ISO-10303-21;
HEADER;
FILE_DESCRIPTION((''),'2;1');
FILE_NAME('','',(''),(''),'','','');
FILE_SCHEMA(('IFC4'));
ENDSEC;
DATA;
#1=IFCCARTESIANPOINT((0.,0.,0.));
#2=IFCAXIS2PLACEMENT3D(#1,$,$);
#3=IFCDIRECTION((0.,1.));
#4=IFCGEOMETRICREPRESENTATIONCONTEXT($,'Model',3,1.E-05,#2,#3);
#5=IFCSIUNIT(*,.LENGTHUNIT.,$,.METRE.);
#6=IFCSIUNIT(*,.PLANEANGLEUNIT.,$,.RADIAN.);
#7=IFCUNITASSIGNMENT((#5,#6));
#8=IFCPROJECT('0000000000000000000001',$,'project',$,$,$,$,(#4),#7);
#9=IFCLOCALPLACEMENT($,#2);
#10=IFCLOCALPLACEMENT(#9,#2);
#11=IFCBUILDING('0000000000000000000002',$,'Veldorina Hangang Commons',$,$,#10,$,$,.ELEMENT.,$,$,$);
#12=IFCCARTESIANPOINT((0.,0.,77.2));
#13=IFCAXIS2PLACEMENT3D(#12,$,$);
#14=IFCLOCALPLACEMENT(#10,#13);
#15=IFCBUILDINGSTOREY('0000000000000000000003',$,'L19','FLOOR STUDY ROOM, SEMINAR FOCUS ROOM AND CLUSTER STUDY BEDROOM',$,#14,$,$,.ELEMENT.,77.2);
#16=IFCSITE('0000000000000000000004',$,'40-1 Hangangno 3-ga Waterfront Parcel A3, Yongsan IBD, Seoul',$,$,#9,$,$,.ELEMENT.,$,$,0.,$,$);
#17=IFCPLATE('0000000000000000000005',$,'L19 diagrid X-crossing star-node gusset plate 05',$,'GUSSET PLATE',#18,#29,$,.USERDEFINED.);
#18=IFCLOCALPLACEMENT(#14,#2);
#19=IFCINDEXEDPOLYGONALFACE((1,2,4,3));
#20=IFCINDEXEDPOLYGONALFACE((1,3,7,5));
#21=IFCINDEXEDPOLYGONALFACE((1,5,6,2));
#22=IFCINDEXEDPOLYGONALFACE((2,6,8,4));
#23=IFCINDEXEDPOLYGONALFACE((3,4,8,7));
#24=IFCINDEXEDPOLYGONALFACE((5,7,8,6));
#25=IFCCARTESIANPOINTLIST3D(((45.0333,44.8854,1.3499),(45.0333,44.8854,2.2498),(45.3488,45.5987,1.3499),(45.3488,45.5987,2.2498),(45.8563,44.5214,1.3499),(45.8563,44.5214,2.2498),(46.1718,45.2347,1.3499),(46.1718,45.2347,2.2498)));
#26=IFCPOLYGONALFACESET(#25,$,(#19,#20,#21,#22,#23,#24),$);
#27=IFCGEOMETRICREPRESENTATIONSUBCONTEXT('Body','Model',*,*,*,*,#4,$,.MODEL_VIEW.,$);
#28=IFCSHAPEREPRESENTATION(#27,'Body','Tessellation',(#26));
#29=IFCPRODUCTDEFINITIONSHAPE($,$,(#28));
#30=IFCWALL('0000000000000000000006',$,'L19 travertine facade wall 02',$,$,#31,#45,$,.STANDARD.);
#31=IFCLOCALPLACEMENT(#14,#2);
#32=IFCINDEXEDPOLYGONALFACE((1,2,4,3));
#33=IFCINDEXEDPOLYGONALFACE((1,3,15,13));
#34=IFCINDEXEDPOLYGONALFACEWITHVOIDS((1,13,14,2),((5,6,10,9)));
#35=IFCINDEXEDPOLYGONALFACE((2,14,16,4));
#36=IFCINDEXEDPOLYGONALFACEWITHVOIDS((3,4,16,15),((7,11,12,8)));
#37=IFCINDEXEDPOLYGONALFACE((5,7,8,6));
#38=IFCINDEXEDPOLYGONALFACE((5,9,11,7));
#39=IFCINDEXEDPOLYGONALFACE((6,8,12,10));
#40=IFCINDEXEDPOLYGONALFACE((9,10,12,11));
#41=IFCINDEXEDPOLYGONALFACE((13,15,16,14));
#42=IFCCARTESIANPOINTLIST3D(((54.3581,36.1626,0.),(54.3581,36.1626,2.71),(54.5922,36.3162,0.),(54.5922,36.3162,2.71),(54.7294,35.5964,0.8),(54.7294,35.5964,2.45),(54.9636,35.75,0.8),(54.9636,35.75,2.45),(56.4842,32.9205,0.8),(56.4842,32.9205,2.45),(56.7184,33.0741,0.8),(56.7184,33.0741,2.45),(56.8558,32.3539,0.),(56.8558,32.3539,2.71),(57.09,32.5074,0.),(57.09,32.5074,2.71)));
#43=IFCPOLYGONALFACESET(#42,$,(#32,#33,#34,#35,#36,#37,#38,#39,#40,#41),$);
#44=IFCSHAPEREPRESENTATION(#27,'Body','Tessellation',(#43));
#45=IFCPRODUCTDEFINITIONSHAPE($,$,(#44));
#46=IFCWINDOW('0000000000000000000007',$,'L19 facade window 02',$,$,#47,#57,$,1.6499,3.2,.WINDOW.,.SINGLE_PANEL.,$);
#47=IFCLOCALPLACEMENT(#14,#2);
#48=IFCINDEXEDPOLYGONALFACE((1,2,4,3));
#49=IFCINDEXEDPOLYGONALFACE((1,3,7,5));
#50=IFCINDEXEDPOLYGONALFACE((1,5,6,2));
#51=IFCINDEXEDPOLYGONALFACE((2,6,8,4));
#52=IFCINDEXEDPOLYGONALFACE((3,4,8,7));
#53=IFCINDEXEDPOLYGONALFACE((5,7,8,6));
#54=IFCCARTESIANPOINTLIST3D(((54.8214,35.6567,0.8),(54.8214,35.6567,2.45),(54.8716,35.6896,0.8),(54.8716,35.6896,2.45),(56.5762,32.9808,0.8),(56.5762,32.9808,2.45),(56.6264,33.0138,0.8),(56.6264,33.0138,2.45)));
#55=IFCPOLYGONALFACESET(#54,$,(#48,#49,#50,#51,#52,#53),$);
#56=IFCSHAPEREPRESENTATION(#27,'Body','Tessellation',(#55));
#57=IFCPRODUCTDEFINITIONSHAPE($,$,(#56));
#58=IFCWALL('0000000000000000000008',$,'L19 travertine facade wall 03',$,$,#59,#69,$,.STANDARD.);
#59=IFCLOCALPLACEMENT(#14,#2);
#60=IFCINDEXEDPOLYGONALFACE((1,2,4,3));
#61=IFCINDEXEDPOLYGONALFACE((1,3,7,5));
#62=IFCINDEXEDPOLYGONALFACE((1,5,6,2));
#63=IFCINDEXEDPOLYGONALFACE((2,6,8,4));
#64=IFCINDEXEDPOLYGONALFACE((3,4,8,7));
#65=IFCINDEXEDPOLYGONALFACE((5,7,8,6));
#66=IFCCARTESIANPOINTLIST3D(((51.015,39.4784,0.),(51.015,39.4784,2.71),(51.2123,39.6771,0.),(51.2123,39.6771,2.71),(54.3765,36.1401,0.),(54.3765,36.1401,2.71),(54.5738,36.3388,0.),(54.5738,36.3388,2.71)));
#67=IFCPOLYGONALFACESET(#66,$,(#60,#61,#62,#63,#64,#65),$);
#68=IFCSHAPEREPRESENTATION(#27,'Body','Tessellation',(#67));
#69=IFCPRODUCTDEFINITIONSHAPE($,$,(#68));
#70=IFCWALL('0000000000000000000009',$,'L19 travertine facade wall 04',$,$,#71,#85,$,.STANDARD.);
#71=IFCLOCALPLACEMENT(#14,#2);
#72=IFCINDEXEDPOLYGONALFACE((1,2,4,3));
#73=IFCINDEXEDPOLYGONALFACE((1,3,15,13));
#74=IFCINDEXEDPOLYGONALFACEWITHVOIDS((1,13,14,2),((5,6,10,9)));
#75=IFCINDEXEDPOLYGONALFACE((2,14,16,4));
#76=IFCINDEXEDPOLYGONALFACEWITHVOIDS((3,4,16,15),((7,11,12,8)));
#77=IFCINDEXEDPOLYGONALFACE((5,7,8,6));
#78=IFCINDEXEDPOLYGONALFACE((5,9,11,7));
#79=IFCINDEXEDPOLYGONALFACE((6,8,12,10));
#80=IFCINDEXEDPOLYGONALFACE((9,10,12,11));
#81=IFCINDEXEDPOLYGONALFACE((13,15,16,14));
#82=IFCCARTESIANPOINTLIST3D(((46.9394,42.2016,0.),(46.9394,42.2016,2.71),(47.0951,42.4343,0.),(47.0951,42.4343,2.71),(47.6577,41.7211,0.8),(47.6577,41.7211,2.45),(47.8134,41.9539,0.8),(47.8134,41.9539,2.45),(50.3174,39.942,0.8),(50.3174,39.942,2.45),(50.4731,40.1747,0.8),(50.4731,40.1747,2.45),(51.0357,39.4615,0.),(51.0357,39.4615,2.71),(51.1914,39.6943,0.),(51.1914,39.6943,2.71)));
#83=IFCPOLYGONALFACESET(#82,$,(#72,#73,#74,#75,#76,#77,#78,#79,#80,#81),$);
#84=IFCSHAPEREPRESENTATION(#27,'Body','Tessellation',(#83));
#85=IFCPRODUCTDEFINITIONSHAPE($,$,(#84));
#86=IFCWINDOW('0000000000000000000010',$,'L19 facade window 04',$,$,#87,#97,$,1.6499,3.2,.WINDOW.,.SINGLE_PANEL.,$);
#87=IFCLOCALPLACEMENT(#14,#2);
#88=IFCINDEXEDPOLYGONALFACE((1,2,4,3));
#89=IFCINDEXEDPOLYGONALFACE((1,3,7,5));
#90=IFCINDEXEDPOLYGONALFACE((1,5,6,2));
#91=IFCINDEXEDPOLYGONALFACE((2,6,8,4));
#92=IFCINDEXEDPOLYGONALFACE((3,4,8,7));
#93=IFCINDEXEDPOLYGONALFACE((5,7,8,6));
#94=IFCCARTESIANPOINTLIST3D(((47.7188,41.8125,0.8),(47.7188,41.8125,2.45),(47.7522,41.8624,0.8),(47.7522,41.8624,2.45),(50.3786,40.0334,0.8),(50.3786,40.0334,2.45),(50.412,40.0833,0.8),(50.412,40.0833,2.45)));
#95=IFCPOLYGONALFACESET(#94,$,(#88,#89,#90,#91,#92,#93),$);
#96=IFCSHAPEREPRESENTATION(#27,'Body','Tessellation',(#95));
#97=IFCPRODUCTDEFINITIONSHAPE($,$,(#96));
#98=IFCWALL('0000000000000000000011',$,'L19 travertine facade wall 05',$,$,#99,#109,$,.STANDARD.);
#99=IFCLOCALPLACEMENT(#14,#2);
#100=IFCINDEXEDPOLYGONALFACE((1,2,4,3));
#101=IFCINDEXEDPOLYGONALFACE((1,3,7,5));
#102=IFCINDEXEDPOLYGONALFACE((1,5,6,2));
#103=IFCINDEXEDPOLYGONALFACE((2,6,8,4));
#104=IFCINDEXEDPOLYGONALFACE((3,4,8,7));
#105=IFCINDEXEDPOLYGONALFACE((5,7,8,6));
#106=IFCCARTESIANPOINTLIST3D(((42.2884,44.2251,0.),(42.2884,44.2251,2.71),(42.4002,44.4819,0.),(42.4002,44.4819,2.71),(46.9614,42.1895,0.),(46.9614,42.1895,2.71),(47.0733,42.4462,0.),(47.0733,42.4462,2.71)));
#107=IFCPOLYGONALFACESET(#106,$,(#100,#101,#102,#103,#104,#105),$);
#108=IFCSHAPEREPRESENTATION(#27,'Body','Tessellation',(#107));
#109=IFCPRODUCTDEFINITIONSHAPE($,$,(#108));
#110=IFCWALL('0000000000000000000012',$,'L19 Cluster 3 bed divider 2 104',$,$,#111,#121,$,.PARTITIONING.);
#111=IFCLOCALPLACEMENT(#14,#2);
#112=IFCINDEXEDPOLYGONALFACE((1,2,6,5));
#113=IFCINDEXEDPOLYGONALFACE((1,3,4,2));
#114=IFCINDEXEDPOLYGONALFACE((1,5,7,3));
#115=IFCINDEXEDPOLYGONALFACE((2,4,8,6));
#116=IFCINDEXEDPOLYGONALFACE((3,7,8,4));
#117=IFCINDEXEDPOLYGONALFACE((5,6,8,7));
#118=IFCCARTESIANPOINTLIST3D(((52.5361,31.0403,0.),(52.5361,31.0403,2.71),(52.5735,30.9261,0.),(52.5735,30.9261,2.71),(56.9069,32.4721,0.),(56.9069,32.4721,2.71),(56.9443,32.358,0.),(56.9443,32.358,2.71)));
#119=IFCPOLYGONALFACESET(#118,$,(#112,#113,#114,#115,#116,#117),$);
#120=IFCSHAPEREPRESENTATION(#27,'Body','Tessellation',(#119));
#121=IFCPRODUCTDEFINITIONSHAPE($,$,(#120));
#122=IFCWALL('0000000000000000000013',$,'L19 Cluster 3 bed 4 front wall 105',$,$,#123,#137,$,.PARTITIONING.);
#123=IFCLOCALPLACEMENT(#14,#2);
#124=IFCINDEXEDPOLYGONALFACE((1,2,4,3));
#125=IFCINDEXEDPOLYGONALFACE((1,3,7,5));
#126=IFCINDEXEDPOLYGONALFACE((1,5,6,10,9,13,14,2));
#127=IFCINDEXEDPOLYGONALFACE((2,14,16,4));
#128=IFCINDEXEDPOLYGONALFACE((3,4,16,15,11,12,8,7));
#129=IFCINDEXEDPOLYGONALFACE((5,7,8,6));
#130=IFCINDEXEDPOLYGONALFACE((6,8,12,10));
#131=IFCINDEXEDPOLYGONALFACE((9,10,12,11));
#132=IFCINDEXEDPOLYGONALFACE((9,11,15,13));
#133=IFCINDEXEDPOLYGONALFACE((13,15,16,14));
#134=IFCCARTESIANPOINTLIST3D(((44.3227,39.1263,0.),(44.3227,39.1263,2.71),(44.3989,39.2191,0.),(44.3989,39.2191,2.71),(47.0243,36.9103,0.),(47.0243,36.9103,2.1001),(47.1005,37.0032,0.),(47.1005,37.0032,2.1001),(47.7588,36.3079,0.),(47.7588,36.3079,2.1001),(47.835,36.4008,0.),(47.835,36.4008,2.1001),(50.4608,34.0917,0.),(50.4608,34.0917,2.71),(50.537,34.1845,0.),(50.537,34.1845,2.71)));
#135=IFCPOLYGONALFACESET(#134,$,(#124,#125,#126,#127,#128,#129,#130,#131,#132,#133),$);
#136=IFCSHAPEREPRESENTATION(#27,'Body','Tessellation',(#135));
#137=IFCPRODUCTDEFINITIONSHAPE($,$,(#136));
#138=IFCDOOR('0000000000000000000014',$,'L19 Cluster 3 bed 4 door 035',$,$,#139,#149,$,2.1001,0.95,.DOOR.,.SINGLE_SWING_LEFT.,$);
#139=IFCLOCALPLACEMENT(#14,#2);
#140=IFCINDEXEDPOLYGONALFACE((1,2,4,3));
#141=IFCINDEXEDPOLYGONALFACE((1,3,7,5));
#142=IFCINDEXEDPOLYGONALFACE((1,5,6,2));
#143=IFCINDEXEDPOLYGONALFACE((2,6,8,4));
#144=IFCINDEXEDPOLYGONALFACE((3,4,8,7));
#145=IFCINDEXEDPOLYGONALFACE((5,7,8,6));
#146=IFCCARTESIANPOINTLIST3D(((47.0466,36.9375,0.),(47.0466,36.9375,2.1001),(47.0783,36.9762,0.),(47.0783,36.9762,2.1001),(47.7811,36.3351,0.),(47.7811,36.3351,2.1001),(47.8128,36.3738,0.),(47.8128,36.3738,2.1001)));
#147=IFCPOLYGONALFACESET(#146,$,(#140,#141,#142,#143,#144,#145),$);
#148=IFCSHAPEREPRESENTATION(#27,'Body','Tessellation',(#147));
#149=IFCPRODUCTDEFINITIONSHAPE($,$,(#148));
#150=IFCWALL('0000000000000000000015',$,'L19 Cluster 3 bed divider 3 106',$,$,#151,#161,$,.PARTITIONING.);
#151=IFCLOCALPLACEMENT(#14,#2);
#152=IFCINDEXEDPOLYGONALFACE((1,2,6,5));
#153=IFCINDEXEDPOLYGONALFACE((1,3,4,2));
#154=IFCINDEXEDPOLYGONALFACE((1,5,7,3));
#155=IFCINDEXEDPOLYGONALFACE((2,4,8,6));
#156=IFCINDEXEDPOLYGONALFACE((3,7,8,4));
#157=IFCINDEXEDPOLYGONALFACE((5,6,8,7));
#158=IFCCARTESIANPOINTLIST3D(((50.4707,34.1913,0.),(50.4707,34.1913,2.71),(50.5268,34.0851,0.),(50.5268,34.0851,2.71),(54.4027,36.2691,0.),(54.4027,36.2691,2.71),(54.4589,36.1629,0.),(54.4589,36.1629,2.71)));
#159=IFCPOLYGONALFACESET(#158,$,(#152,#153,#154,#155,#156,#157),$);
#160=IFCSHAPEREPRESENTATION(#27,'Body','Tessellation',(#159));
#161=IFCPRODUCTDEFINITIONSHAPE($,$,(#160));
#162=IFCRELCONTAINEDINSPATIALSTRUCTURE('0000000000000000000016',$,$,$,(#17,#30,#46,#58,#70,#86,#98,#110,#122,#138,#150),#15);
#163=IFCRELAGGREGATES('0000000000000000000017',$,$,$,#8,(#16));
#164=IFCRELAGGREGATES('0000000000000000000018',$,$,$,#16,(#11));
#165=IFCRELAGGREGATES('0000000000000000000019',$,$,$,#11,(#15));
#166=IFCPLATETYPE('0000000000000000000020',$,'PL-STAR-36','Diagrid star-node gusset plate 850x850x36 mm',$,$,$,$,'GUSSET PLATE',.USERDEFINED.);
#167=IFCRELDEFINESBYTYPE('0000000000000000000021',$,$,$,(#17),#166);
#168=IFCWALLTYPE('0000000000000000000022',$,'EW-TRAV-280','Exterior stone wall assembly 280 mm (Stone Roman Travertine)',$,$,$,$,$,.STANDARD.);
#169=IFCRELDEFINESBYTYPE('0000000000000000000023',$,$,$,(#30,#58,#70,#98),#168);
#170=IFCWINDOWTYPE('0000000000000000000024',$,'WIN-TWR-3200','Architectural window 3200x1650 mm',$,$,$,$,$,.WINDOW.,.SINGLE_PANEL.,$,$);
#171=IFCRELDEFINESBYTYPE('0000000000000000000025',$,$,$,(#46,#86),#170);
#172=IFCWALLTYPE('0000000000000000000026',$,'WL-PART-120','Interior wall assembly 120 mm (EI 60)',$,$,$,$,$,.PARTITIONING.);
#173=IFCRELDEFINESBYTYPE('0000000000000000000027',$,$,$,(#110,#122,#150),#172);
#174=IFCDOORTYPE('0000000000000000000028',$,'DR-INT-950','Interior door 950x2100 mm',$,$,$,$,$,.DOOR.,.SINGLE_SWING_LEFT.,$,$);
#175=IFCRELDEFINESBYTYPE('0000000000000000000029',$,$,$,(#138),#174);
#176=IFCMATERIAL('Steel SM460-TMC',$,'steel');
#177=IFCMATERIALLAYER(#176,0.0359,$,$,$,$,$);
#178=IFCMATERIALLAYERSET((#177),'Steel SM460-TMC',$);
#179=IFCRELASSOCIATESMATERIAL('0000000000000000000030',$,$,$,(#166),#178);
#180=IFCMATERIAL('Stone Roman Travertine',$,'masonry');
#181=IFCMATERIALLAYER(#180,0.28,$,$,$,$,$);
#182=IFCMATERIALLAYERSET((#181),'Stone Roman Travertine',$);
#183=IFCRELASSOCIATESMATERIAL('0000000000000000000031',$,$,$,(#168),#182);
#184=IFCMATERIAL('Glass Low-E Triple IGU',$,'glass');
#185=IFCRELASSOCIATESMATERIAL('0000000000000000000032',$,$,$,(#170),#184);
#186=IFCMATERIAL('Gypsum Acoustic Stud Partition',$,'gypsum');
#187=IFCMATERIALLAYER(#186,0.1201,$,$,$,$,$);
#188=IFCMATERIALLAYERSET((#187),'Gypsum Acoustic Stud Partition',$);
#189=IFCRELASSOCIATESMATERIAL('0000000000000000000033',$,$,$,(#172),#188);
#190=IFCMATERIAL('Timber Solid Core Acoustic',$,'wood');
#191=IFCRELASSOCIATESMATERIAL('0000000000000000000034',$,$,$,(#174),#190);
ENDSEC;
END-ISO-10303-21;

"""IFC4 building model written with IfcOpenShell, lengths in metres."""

from ifc_helpers import new_model, si_unit, direction, frame, frame_2d, origin, origin_2d, place, context, subcontext, project, spatial, rectangle, extrude, material, layer, layer_set, type_object, element, fill, save


model = new_model("IFC4")

# Units and contexts
model_context = context("Model", 3, precision=1e-05, world=origin(), true_north=direction((0.0, 1.0)))
body_context = subcontext(model_context, "Body", "Model", "MODEL_VIEW")
ifc_project = project(units=[si_unit("LENGTHUNIT", "METRE"), si_unit("PLANEANGLEUNIT", "RADIAN")], contexts=[model_context])

# Site, building, storey
site_placement = place(None, origin())
site = spatial("IfcSite", under=ifc_project, at=site_placement, Name="40-1 Hangangno 3-ga Waterfront Parcel A3, Yongsan IBD, Seoul", CompositionType="ELEMENT", RefElevation=0.0)
building_placement = place(site_placement, origin())
building = spatial("IfcBuilding", under=site, at=building_placement, Name="Veldorina Hangang Commons", CompositionType="ELEMENT")
storey_placement = place(building_placement, frame((0.0, 0.0, 77.2)))
storey = spatial("IfcBuildingStorey", under=building, at=storey_placement, Name="L19", Description="FLOOR STUDY ROOM, SEMINAR FOCUS ROOM AND CLUSTER STUDY BEDROOM", CompositionType="ELEMENT", Elevation=77.2)

# Shared definitions
ifc_material_1 = material(Name="Steel SM460-TMC", Category="steel")

# Plate
ifc_layer_1 = layer(ifc_material_1, 0.0359)
ifc_layer_set_1 = layer_set([ifc_layer_1], Name="Steel SM460-TMC")
plate_type = type_object("IfcPlateType", Name="PL-STAR-36", Description="Diagrid star-node gusset plate 850x850x36 mm", ElementType="GUSSET PLATE", PredefinedType="USERDEFINED", material=ifc_layer_set_1)
plate_1_placement = place(storey_placement, frame((45.6025, 45.0601, 1.3499), z_axis=(0.0, 0.0, 1.0), x_axis=(-0.914537, 0.404503, 0.0)))
element("IfcPlate", 1, at=plate_1_placement, inside=storey, type_object=plate_type, Name="L19 diagrid X-crossing star-node gusset plate 05", ObjectType="GUSSET PLATE", PredefinedType="USERDEFINED", context=body_context, shape_type="SweptSolid", body=[
    extrude(rectangle(XDim=0.8999, YDim=0.78, at=origin_2d()), origin(), (0.0, 0.0, 1.0), 0.8999),
])

# Wall, opening, window
ifc_material_2 = material(Name="Stone Roman Travertine", Category="masonry")
ifc_layer_2 = layer(ifc_material_2, 0.28)
ifc_layer_set_2 = layer_set([ifc_layer_2], Name="Stone Roman Travertine")
wall_type_1 = type_object("IfcWallType", Name="EW-TRAV-280", Description="Exterior stone wall assembly 280 mm (Stone Roman Travertine)", PredefinedType="STANDARD", material=ifc_layer_set_2)
wall_1_placement = place(storey_placement, frame((56.9729, 32.4307, 0.0), z_axis=(0.0, 0.0, 1.0), x_axis=(-0.548388, 0.836224, 0.0)))
wall_1 = element("IfcWall", 2, at=wall_1_placement, inside=storey, type_object=wall_type_1, Name="L19 travertine facade wall 02", PredefinedType="STANDARD", context=body_context, shape_type="SweptSolid", body=[
    extrude(rectangle(XDim=4.5547, YDim=0.28, at=frame_2d((2.2773, 0.0))), origin(), (0.0, 0.0, 1.0), 2.71),
])
opening_1_placement = place(wall_1_placement, frame((0.6775, 0.0, 0.8)))
opening_1 = element("IfcOpeningElement", 3, at=opening_1_placement, cuts=wall_1, PredefinedType="OPENING", context=body_context, shape_type="SweptSolid", body=[
    extrude(rectangle(XDim=3.2, YDim=1.6499, at=frame_2d((1.6001, 0.825))), frame((0.0, 0.1499, 0.0), z_axis=(0.0, -1.0, 0.0), x_axis=(1.0, 0.0, 0.0)), (0.0, 0.0, 1.0), 0.3),
])
ifc_material_3 = material(Name="Glass Low-E Triple IGU", Category="glass")
window_type = type_object("IfcWindowType", Name="WIN-TWR-3200", Description="Architectural window 3200x1650 mm", PartitioningType="SINGLE_PANEL", PredefinedType="WINDOW", material=ifc_material_3)
window_1_placement = place(opening_1_placement, origin())
window_1 = element("IfcWindow", 4, at=window_1_placement, inside=storey, type_object=window_type, Name="L19 facade window 02", OverallHeight=1.6499, OverallWidth=3.2, PartitioningType="SINGLE_PANEL", PredefinedType="WINDOW", context=body_context, shape_type="SweptSolid", body=[
    extrude(rectangle(XDim=3.2, YDim=1.6499, at=frame_2d((1.6001, 0.825))), frame((0.0, 0.03, 0.0), z_axis=(0.0, -1.0, 0.0), x_axis=(1.0, 0.0, 0.0)), (0.0, 0.0, 1.0), 0.0601),
])
fill(opening_1, window_1)

# Wall
wall_2_placement = place(storey_placement, frame((54.4751, 36.2395, 0.0), z_axis=(0.0, 0.0, 1.0), x_axis=(-0.70955, 0.704655, 0.0)))
element("IfcWall", 5, at=wall_2_placement, inside=storey, type_object=wall_type_1, Name="L19 travertine facade wall 03", PredefinedType="STANDARD", context=body_context, shape_type="SweptSolid", body=[
    extrude(rectangle(XDim=4.7375, YDim=0.28, at=frame_2d((2.3687, 0.0))), origin(), (0.0, 0.0, 1.0), 2.71),
])

# Wall, opening, window
wall_3_placement = place(storey_placement, frame((51.1135, 39.5779, 0.0), z_axis=(0.0, 0.0, 1.0), x_axis=(-0.831188, 0.555991, 0.0)))
wall_3 = element("IfcWall", 6, at=wall_3_placement, inside=storey, type_object=wall_type_1, Name="L19 travertine facade wall 04", PredefinedType="STANDARD", context=body_context, shape_type="SweptSolid", body=[
    extrude(rectangle(XDim=4.9282, YDim=0.28, at=frame_2d((2.4641, 0.0))), origin(), (0.0, 0.0, 1.0), 2.71),
])
opening_2_placement = place(wall_3_placement, frame((0.864, 0.0, 0.8)))
opening_2 = element("IfcOpeningElement", 7, at=opening_2_placement, cuts=wall_3, PredefinedType="OPENING", context=body_context, shape_type="SweptSolid", body=[
    extrude(rectangle(XDim=3.2, YDim=1.6499, at=frame_2d((1.6001, 0.825))), frame((0.0, 0.1499, 0.0), z_axis=(0.0, -1.0, 0.0), x_axis=(1.0, 0.0, 0.0)), (0.0, 0.0, 1.0), 0.3),
])
window_2_placement = place(opening_2_placement, origin())
window_2 = element("IfcWindow", 8, at=window_2_placement, inside=storey, type_object=window_type, Name="L19 facade window 04", OverallHeight=1.6499, OverallWidth=3.2, PartitioningType="SINGLE_PANEL", PredefinedType="WINDOW", context=body_context, shape_type="SweptSolid", body=[
    extrude(rectangle(XDim=3.2, YDim=1.6499, at=frame_2d((1.6001, 0.825))), frame((0.0, 0.03, 0.0), z_axis=(0.0, -1.0, 0.0), x_axis=(1.0, 0.0, 0.0)), (0.0, 0.0, 1.0), 0.0601),
])
fill(opening_2, window_2)

# Walls
wall_4_placement = place(storey_placement, frame((47.0173, 42.3179, 0.0), z_axis=(0.0, 0.0, 1.0), x_axis=(-0.916793, 0.399364, 0.0)))
element("IfcWall", 9, at=wall_4_placement, inside=storey, type_object=wall_type_1, Name="L19 travertine facade wall 05", PredefinedType="STANDARD", context=body_context, shape_type="SweptSolid", body=[
    extrude(rectangle(XDim=5.0972, YDim=0.28, at=frame_2d((2.5486, 0.0))), origin(), (0.0, 0.0, 1.0), 2.71),
])
ifc_material_4 = material(Name="Gypsum Acoustic Stud Partition", Category="gypsum")
ifc_layer_3 = layer(ifc_material_4, 0.1201)
ifc_layer_set_3 = layer_set([ifc_layer_3], Name="Gypsum Acoustic Stud Partition")
wall_type_2 = type_object("IfcWallType", Name="WL-PART-120", Description="Interior wall assembly 120 mm (EI 60)", PredefinedType="PARTITIONING", material=ifc_layer_set_3)
wall_5_placement = place(storey_placement, frame((52.5547, 30.9832, 0.0), z_axis=(0.0, 0.0, 1.0), x_axis=(0.950306, 0.311319, 0.0)))
element("IfcWall", 10, at=wall_5_placement, inside=storey, type_object=wall_type_2, Name="L19 Cluster 3 bed divider 2 104", PredefinedType="PARTITIONING", context=body_context, shape_type="SweptSolid", body=[
    extrude(rectangle(XDim=4.5994, YDim=0.1201, at=frame_2d((2.2998, 0.0))), origin(), (0.0, 0.0, 1.0), 2.71),
])

# Wall, opening, door
wall_6_placement = place(storey_placement, frame((50.4988, 34.1382, 0.0), z_axis=(0.0, 0.0, 1.0), x_axis=(-0.773184, 0.634182, 0.0)))
wall_6 = element("IfcWall", 11, at=wall_6_placement, inside=storey, type_object=wall_type_2, Name="L19 Cluster 3 bed 4 front wall 105", PredefinedType="PARTITIONING", context=body_context, shape_type="SweptSolid", body=[
    extrude(rectangle(XDim=7.9387, YDim=0.1201, at=frame_2d((3.9692, 0.0))), origin(), (0.0, 0.0, 1.0), 2.71),
])
opening_3_placement = place(wall_6_placement, frame((3.4944, 0.0, 0.0)))
opening_3 = element("IfcOpeningElement", 12, at=opening_3_placement, cuts=wall_6, PredefinedType="OPENING", context=body_context, shape_type="SweptSolid", body=[
    extrude(rectangle(XDim=0.95, YDim=2.1001, at=frame_2d((0.4751, 1.05))), frame((0.0, 0.0701, 0.0), z_axis=(0.0, -1.0, 0.0), x_axis=(1.0, 0.0, 0.0)), (0.0, 0.0, 1.0), 0.1401),
])
ifc_material_5 = material(Name="Timber Solid Core Acoustic", Category="wood")
door_type = type_object("IfcDoorType", Name="DR-INT-950", Description="Interior door 950x2100 mm", OperationType="SINGLE_SWING_LEFT", PredefinedType="DOOR", material=ifc_material_5)
door_placement = place(opening_3_placement, origin())
door = element("IfcDoor", 13, at=door_placement, inside=storey, type_object=door_type, Name="L19 Cluster 3 bed 4 door 035", OperationType="SINGLE_SWING_LEFT", OverallHeight=2.1001, OverallWidth=0.95, PredefinedType="DOOR", context=body_context, shape_type="SweptSolid", body=[
    extrude(rectangle(XDim=0.95, YDim=2.1001, at=frame_2d((0.4751, 1.05))), frame((0.0, 0.0249, 0.0), z_axis=(0.0, -1.0, 0.0), x_axis=(1.0, 0.0, 0.0)), (0.0, 0.0, 1.0), 0.05),
])
fill(opening_3, door)

# Wall
wall_7_placement = place(storey_placement, frame((50.4988, 34.1382, 0.0), z_axis=(0.0, 0.0, 1.0), x_axis=(0.884144, 0.467214, 0.0)))
element("IfcWall", 14, at=wall_7_placement, inside=storey, type_object=wall_type_2, Name="L19 Cluster 3 bed divider 3 106", PredefinedType="PARTITIONING", context=body_context, shape_type="SweptSolid", body=[
    extrude(rectangle(XDim=4.4473, YDim=0.1201, at=frame_2d((2.2236, 0.0))), origin(), (0.0, 0.0, 1.0), 2.71),
])

save(model, "model.ifc")
